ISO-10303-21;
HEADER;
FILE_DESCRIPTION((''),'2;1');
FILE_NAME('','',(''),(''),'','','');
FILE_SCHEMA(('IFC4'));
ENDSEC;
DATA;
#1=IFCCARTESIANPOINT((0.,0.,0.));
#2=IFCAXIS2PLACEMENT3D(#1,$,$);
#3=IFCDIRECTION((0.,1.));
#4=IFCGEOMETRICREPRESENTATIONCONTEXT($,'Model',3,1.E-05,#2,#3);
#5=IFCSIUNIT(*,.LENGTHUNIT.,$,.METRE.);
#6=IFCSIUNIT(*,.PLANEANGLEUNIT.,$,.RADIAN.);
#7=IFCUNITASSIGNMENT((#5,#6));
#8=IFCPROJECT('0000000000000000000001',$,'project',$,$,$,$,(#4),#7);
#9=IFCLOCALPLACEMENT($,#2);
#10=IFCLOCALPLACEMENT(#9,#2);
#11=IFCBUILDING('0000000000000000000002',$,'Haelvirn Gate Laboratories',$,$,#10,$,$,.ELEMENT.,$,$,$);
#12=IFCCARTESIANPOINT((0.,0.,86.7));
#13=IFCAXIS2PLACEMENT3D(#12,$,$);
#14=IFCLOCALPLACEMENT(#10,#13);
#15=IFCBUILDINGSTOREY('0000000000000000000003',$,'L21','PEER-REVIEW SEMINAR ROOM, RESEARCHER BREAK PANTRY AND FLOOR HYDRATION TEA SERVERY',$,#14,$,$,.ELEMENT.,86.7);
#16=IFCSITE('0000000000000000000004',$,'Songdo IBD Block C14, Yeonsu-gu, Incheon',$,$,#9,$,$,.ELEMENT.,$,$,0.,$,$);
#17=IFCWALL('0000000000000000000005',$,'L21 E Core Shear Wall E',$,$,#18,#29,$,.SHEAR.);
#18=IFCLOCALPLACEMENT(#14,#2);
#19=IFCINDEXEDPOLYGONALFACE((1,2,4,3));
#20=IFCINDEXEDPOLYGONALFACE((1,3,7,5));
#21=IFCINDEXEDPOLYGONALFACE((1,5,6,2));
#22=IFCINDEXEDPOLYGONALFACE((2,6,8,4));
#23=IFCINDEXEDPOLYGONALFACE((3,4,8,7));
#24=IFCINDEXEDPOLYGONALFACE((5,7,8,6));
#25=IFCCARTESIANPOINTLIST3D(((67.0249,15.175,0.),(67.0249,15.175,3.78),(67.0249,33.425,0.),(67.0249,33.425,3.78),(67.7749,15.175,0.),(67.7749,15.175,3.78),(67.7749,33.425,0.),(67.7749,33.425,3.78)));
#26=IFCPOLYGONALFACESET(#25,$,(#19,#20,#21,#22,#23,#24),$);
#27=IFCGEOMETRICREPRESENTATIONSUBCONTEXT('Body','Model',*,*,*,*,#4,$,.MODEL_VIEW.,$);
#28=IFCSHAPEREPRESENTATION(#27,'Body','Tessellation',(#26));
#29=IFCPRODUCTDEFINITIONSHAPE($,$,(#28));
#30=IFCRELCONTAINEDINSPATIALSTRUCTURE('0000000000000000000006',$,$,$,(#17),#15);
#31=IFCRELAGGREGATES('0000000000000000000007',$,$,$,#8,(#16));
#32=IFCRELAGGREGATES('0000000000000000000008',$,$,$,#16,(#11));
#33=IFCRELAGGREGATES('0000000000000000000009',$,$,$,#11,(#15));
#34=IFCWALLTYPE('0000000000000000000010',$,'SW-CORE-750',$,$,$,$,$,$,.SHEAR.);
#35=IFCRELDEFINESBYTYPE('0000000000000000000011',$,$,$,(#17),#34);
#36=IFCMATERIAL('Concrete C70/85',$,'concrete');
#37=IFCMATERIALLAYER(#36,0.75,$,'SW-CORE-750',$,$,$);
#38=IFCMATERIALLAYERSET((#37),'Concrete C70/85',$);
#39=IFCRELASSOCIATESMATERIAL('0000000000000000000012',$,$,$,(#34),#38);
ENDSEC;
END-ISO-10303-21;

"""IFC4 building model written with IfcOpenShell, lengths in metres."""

from ifc_helpers import new_model, si_unit, direction, frame, frame_2d, origin, place, context, subcontext, project, spatial, rectangle, extrude, material, layer, layer_set, type_object, element, save


model = new_model("IFC4")

# Units and contexts
model_context = context("Model", 3, precision=1e-05, world=origin(), true_north=direction((0.0, 1.0)))
body_context = subcontext(model_context, "Body", "Model", "MODEL_VIEW")
ifc_project = project(units=[si_unit("LENGTHUNIT", "METRE"), si_unit("PLANEANGLEUNIT", "RADIAN")], contexts=[model_context])

# Site, building, storey
site_placement = place(None, origin())
site = spatial("IfcSite", under=ifc_project, at=site_placement, Name="Songdo IBD Block C14, Yeonsu-gu, Incheon", CompositionType="ELEMENT", RefElevation=0.0)
building_placement = place(site_placement, origin())
building = spatial("IfcBuilding", under=site, at=building_placement, Name="Haelvirn Gate Laboratories", CompositionType="ELEMENT")
storey_placement = place(building_placement, frame((0.0, 0.0, 86.7)))
storey = spatial("IfcBuildingStorey", under=building, at=storey_placement, Name="L21", Description="PEER-REVIEW SEMINAR ROOM, RESEARCHER BREAK PANTRY AND FLOOR HYDRATION TEA SERVERY", CompositionType="ELEMENT", Elevation=86.7)

# Shared definitions
ifc_material_1 = material(Name="Concrete C70/85", Category="concrete")

# Wall
ifc_layer_1 = layer(ifc_material_1, 0.75, Name="SW-CORE-750")
ifc_layer_set_1 = layer_set([ifc_layer_1], Name="Concrete C70/85")
wall_type_1 = type_object("IfcWallType", Name="SW-CORE-750", PredefinedType="SHEAR", material=ifc_layer_set_1)
wall_1_placement = place(storey_placement, frame((67.3999, 15.175, 0.0), z_axis=(0.0, 0.0, 1.0), x_axis=(0.0, 1.0, 0.0)))
element("IfcWall", 1, at=wall_1_placement, inside=storey, type_object=wall_type_1, Name="L21 E Core Shear Wall E", PredefinedType="SHEAR", context=body_context, shape_type="SweptSolid", body=[
    extrude(rectangle(XDim=18.25, YDim=0.75, at=frame_2d((9.125, 0.0))), origin(), (0.0, 0.0, 1.0), 3.78),
])

save(model, "model.ifc")
